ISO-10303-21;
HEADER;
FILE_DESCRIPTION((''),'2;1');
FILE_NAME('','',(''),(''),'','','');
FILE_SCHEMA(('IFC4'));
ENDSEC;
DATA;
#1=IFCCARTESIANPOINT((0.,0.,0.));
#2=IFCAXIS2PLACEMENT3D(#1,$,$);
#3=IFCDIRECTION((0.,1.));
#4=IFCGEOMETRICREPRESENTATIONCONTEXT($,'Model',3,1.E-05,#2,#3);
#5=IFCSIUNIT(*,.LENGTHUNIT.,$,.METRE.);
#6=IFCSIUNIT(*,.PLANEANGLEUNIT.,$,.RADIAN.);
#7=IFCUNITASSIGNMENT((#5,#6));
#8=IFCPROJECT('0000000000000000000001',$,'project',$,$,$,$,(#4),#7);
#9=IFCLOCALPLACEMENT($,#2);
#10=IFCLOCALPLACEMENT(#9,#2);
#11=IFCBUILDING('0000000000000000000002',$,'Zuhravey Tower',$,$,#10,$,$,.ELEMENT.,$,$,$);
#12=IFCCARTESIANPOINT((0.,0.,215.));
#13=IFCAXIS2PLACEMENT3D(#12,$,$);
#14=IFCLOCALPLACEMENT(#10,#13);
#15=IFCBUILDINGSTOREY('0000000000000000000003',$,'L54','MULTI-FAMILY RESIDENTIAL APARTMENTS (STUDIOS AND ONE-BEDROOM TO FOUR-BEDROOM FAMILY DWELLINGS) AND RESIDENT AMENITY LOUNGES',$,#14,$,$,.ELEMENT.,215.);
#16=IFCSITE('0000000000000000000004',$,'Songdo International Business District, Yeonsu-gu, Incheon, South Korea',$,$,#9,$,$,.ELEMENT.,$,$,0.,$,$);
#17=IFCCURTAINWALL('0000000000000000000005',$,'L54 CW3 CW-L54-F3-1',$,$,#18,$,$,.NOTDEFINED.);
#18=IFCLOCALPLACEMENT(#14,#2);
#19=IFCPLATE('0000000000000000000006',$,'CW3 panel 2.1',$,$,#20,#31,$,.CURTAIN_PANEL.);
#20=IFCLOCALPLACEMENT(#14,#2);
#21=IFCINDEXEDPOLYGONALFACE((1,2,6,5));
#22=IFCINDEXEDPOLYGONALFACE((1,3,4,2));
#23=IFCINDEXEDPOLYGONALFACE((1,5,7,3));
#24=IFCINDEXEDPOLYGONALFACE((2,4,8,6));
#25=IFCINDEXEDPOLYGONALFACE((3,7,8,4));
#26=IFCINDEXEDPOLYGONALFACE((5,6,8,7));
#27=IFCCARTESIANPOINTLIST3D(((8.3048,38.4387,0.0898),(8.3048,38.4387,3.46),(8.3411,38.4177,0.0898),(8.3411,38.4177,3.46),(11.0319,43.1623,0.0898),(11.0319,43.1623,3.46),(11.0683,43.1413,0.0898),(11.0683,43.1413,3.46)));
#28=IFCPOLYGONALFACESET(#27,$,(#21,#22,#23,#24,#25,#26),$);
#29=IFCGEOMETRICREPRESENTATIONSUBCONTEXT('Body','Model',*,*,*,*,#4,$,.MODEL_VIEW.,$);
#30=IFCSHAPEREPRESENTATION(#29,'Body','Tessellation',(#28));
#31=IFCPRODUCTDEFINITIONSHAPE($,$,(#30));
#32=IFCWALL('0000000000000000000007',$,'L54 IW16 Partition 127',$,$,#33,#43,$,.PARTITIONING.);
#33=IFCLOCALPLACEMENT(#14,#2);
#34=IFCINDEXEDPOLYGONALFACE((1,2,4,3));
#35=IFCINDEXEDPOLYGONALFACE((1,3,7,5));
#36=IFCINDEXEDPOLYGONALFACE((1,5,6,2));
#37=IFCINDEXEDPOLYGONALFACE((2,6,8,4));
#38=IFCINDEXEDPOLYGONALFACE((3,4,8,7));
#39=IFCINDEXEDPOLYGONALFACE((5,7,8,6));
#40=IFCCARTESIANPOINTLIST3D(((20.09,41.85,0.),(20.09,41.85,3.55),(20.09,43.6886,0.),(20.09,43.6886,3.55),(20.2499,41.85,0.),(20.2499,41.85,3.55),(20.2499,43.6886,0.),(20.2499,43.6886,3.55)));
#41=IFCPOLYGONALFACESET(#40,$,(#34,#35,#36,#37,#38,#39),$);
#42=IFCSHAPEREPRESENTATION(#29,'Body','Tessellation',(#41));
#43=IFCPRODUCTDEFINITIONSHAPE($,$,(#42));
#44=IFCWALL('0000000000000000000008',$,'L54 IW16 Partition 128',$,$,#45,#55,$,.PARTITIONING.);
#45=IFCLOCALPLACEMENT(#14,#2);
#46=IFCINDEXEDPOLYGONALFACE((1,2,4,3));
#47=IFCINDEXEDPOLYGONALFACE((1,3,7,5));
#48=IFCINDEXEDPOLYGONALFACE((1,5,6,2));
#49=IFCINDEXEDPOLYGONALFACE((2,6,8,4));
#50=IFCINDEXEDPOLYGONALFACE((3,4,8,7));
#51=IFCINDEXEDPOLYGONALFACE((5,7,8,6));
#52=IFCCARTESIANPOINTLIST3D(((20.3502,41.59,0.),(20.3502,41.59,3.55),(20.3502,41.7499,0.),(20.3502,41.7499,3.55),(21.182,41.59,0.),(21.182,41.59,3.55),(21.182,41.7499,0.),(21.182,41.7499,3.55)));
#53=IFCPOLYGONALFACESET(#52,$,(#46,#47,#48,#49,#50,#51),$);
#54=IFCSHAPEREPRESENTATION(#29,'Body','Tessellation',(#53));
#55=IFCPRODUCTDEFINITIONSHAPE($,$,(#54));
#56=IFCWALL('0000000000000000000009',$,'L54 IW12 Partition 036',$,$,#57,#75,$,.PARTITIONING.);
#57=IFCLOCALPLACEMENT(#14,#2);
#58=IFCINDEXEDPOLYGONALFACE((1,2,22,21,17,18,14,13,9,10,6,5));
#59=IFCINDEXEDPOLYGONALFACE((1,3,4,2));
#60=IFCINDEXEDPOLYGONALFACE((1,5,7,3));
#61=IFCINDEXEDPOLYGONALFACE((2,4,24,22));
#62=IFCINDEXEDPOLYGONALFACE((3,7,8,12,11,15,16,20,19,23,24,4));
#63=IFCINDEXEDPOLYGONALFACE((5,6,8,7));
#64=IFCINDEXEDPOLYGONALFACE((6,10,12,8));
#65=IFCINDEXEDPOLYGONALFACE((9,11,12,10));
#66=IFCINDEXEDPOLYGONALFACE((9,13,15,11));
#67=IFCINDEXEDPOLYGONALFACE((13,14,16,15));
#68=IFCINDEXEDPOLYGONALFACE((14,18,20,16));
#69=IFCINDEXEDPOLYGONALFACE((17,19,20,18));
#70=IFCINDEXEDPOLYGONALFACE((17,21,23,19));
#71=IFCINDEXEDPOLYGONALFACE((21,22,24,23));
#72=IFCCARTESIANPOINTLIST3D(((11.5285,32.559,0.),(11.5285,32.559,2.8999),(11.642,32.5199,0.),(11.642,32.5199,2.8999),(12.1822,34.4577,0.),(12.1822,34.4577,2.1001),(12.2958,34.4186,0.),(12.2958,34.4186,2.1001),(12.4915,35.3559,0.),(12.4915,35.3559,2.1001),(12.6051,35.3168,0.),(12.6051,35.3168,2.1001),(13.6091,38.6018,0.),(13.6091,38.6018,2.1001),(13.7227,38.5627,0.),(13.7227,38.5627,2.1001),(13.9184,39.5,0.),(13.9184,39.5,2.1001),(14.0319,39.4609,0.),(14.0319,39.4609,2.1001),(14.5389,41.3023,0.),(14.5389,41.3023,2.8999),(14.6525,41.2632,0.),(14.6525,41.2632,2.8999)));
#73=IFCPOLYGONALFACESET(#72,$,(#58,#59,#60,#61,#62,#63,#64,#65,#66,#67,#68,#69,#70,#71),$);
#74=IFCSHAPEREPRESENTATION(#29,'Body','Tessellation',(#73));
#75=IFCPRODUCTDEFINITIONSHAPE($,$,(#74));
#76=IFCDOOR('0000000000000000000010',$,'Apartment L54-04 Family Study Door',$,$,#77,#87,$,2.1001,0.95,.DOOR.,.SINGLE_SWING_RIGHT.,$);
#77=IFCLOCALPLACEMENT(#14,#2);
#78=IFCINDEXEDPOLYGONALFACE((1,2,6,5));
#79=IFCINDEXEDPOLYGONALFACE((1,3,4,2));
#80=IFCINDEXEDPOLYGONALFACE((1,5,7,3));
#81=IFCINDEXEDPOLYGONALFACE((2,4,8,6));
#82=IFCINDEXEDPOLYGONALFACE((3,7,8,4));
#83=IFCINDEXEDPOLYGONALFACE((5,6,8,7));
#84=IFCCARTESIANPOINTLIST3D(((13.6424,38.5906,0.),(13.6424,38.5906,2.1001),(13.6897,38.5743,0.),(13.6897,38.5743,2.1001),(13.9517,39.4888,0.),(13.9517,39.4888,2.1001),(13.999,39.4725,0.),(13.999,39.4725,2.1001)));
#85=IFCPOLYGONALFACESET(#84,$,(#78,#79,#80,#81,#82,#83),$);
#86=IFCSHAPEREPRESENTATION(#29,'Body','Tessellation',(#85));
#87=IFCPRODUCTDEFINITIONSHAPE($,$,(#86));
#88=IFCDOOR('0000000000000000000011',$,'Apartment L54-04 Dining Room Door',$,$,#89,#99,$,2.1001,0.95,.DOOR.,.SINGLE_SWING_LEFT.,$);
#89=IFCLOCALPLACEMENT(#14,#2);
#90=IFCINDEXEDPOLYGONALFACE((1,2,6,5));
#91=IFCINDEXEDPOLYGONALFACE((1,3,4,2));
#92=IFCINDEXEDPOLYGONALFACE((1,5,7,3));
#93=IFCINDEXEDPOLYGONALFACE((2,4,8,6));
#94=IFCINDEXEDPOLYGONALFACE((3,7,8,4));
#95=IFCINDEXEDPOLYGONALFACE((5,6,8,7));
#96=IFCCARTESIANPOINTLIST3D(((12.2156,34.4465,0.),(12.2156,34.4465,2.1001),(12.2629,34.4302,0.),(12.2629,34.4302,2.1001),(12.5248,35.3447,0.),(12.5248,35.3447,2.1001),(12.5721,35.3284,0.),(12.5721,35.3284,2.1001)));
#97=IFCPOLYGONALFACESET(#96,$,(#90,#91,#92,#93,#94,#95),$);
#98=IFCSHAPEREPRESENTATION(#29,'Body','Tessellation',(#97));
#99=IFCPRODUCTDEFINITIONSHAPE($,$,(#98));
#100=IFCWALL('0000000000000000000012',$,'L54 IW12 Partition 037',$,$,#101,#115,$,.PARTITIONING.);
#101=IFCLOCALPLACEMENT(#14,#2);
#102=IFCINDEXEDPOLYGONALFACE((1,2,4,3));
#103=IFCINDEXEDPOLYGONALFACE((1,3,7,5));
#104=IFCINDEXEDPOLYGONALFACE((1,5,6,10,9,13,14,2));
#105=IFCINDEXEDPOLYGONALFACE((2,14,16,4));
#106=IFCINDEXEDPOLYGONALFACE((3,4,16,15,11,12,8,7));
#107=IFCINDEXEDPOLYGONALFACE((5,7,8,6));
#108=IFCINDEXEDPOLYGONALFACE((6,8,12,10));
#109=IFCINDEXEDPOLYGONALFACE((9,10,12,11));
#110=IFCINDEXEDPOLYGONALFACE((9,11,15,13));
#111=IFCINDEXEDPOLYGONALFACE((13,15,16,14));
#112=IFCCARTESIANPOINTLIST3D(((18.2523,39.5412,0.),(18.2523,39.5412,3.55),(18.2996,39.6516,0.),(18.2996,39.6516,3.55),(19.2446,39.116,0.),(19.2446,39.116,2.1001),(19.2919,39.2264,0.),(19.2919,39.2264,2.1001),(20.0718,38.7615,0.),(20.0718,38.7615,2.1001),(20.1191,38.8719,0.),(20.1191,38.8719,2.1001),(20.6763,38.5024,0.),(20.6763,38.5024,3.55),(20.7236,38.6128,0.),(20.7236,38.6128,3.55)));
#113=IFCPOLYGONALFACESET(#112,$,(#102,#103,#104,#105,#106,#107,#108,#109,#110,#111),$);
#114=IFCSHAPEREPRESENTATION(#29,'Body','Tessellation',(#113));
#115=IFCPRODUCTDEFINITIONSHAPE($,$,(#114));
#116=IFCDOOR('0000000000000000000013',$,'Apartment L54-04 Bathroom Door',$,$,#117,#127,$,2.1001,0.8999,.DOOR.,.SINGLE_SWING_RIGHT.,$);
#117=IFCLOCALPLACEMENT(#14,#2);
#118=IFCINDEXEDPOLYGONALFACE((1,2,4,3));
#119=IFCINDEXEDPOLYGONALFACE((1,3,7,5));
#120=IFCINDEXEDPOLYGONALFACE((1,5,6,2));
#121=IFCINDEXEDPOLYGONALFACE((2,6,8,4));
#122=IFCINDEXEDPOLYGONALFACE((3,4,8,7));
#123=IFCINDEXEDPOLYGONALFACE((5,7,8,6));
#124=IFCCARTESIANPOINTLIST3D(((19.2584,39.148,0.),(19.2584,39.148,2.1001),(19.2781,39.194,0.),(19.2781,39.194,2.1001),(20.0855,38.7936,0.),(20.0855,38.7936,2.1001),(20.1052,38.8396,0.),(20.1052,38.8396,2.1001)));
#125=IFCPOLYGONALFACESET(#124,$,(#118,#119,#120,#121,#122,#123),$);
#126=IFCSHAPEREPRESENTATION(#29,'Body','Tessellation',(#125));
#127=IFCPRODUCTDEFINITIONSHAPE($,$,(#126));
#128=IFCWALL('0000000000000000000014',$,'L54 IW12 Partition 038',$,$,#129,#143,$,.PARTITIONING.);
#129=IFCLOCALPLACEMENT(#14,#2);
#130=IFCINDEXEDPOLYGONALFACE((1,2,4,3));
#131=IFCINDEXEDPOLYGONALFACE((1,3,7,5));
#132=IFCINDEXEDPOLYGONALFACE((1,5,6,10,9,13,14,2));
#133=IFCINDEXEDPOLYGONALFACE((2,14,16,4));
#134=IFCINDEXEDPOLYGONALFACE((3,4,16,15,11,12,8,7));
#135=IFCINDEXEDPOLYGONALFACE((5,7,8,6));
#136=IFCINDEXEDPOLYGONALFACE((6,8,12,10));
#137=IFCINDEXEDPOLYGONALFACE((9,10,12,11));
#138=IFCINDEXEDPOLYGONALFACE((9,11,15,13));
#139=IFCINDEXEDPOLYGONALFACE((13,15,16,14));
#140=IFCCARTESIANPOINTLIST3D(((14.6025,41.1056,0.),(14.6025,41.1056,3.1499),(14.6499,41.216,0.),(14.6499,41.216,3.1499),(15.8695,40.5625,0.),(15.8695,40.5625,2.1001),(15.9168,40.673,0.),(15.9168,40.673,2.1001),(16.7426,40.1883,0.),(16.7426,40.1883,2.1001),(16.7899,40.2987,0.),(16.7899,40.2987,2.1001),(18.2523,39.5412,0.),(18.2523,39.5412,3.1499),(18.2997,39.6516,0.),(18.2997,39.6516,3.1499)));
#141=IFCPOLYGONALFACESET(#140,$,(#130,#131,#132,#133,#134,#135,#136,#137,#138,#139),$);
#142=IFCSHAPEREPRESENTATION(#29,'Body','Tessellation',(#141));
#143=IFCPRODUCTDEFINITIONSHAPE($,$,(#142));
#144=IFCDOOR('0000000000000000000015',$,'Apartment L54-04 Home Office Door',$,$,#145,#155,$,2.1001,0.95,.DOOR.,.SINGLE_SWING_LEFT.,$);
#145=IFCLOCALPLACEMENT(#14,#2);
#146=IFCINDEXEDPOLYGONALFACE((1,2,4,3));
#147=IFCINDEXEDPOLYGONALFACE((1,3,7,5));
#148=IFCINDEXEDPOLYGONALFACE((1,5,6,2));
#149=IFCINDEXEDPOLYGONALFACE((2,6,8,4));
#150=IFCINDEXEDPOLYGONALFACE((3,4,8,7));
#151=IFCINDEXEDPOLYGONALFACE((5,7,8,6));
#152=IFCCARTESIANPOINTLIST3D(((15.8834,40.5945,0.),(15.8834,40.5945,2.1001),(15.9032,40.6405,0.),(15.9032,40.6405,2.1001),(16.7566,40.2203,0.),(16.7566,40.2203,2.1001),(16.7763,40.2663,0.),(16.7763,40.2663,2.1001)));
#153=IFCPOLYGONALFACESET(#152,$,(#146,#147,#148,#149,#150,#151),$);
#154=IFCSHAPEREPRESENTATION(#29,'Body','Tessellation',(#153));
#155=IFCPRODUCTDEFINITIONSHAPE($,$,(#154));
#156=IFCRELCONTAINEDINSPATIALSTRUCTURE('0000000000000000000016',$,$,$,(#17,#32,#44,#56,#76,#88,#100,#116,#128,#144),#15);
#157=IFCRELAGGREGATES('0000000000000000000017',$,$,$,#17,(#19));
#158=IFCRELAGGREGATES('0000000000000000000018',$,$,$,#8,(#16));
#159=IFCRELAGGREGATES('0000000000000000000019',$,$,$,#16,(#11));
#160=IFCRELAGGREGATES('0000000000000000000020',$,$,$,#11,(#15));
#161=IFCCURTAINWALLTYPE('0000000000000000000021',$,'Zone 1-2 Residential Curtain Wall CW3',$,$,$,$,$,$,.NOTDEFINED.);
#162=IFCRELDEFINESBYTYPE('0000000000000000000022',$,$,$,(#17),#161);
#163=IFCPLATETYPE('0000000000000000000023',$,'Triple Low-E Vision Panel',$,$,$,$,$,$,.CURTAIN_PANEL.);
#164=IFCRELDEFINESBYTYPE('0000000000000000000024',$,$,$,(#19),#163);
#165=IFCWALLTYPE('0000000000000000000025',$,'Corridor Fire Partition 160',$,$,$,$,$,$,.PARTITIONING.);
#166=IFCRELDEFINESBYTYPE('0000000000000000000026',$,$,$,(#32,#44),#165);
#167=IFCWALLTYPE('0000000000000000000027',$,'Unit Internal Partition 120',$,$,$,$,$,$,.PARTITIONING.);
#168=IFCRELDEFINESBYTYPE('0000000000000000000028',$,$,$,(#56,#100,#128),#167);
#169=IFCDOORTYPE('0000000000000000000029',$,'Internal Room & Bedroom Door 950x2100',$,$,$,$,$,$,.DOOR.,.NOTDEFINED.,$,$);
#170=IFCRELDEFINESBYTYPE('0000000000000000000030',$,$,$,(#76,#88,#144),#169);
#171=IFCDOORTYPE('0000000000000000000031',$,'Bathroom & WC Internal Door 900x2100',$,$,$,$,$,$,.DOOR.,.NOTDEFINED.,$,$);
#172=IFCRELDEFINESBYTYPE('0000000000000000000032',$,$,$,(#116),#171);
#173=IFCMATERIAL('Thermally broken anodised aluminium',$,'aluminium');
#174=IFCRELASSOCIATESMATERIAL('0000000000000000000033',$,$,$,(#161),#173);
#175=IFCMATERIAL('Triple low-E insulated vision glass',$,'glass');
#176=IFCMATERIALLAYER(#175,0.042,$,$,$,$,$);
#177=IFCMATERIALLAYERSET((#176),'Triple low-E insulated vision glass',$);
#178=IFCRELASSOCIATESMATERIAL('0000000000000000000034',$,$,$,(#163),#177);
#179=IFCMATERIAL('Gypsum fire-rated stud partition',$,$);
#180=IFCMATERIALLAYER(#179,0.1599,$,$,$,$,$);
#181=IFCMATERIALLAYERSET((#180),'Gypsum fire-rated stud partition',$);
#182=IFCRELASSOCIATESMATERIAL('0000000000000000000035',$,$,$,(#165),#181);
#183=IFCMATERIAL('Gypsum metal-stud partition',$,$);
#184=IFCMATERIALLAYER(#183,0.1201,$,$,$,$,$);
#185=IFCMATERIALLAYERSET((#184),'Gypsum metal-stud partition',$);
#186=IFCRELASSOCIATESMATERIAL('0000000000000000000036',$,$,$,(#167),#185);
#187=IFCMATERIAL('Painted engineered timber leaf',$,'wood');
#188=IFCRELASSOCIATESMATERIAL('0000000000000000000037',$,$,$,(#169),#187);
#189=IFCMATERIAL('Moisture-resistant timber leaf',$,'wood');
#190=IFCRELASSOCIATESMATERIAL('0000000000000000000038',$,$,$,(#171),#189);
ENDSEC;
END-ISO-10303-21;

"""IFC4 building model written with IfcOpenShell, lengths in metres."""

from ifc_helpers import new_model, si_unit, direction, frame, frame_2d, origin, origin_2d, place, context, subcontext, project, spatial, rectangle, extrude, material, layer, layer_set, type_object, element, fill, aggregate, save


model = new_model("IFC4")

# Units and contexts
model_context = context("Model", 3, precision=1e-05, world=origin(), true_north=direction((0.0, 1.0)))
body_context = subcontext(model_context, "Body", "Model", "MODEL_VIEW")
ifc_project = project(units=[si_unit("LENGTHUNIT", "METRE"), si_unit("PLANEANGLEUNIT", "RADIAN")], contexts=[model_context])

# Site, building, storey
site_placement = place(None, origin())
site = spatial("IfcSite", under=ifc_project, at=site_placement, Name="Songdo International Business District, Yeonsu-gu, Incheon, South Korea", CompositionType="ELEMENT", RefElevation=0.0)
building_placement = place(site_placement, origin())
building = spatial("IfcBuilding", under=site, at=building_placement, Name="Zuhravey Tower", CompositionType="ELEMENT")
storey_placement = place(building_placement, frame((0.0, 0.0, 215.0)))
storey = spatial("IfcBuildingStorey", under=building, at=storey_placement, Name="L54", Description="MULTI-FAMILY RESIDENTIAL APARTMENTS (STUDIOS AND ONE-BEDROOM TO FOUR-BEDROOM FAMILY DWELLINGS) AND RESIDENT AMENITY LOUNGES", CompositionType="ELEMENT", Elevation=215.0)

# Curtain wall
ifc_material_1 = material(Name="Thermally broken anodised aluminium", Category="aluminium")
curtain_wall_type = type_object("IfcCurtainWallType", Name="Zone 1-2 Residential Curtain Wall CW3", PredefinedType="NOTDEFINED", material=ifc_material_1)
curtain_wall_placement = place(storey_placement, origin())
curtain_wall = element("IfcCurtainWall", 1, at=curtain_wall_placement, inside=storey, type_object=curtain_wall_type, Name="L54 CW3 CW-L54-F3-1", PredefinedType="NOTDEFINED")

# Plate
ifc_material_2 = material(Name="Triple low-E insulated vision glass", Category="glass")
ifc_layer_1 = layer(ifc_material_2, 0.042)
ifc_layer_set_1 = layer_set([ifc_layer_1], Name="Triple low-E insulated vision glass")
plate_type_1 = type_object("IfcPlateType", Name="Triple Low-E Vision Panel", PredefinedType="CURTAIN_PANEL", material=ifc_layer_set_1)
plate_1_placement = place(storey_placement, frame((9.6865, 40.79, 0.0898), z_axis=(0.0, 0.0, 1.0), x_axis=(0.5, 0.866025, 0.0)))
plate_1 = element("IfcPlate", 2, at=plate_1_placement, type_object=plate_type_1, Name="CW3 panel 2.1", PredefinedType="CURTAIN_PANEL", context=body_context, shape_type="SweptSolid", body=[
    extrude(rectangle(XDim=5.4543, YDim=0.042, at=origin_2d()), origin(), (0.0, 0.0, 1.0), 3.3701),
])
aggregate(curtain_wall, [plate_1])

# Shared definitions
ifc_material_3 = material(Name="Gypsum fire-rated stud partition")
ifc_layer_2 = layer(ifc_material_3, 0.1599)
ifc_layer_set_2 = layer_set([ifc_layer_2], Name="Gypsum fire-rated stud partition")
wall_type_1 = type_object("IfcWallType", Name="Corridor Fire Partition 160", PredefinedType="PARTITIONING", material=ifc_layer_set_2)

# Walls
wall_1_placement = place(storey_placement, frame((20.1699, 43.6887, 0.0), z_axis=(0.0, 0.0, 1.0), x_axis=(0.0, -1.0, 0.0)))
element("IfcWall", 3, at=wall_1_placement, inside=storey, type_object=wall_type_1, Name="L54 IW16 Partition 127", PredefinedType="PARTITIONING", context=body_context, shape_type="SweptSolid", body=[
    extrude(rectangle(XDim=1.8386, YDim=0.1599, at=frame_2d((0.9194, 0.0))), origin(), (0.0, 0.0, 1.0), 3.55),
])
wall_2_placement = place(storey_placement, frame((20.3501, 41.6699, 0.0), z_axis=(0.0, 0.0, 1.0), x_axis=(1.0, 0.0, 0.0)))
element("IfcWall", 4, at=wall_2_placement, inside=storey, type_object=wall_type_1, Name="L54 IW16 Partition 128", PredefinedType="PARTITIONING", context=body_context, shape_type="SweptSolid", body=[
    extrude(rectangle(XDim=0.8318, YDim=0.1599, at=frame_2d((0.416, 0.0))), origin(), (0.0, 0.0, 1.0), 3.55),
])

# Wall, openings, doors
ifc_material_4 = material(Name="Gypsum metal-stud partition")
ifc_layer_3 = layer(ifc_material_4, 0.1201)
ifc_layer_set_3 = layer_set([ifc_layer_3], Name="Gypsum metal-stud partition")
wall_type_2 = type_object("IfcWallType", Name="Unit Internal Partition 120", PredefinedType="PARTITIONING", material=ifc_layer_set_3)
wall_3_placement = place(storey_placement, frame((14.5957, 41.2827, 0.0), z_axis=(0.0, 0.0, 1.0), x_axis=(-0.325559, -0.945522, 0.0)))
wall_3 = element("IfcWall", 5, at=wall_3_placement, inside=storey, type_object=wall_type_2, Name="L54 IW12 Partition 036", PredefinedType="PARTITIONING", context=body_context, shape_type="SweptSolid", body=[
    extrude(rectangle(XDim=9.2471, YDim=0.1201, at=frame_2d((4.6235, 0.0))), origin(), (0.0, 0.0, 1.0), 2.8999),
])
opening_1_placement = place(wall_3_placement, frame((1.906, 0.0, 0.0)))
opening_1 = element("IfcOpeningElement", 6, at=opening_1_placement, cuts=wall_3, PredefinedType="OPENING", context=body_context, shape_type="SweptSolid", body=[
    extrude(rectangle(XDim=0.95, YDim=2.1001, at=frame_2d((0.4751, 1.05))), frame((0.0, 0.072, 0.0), z_axis=(0.0, -1.0, 0.0), x_axis=(1.0, 0.0, 0.0)), (0.0, 0.0, 1.0), 0.144),
])
opening_2_placement = place(wall_3_placement, frame((6.2888, 0.0, 0.0)))
opening_2 = element("IfcOpeningElement", 7, at=opening_2_placement, cuts=wall_3, PredefinedType="OPENING", context=body_context, shape_type="SweptSolid", body=[
    extrude(rectangle(XDim=0.95, YDim=2.1001, at=frame_2d((0.4751, 1.05))), frame((0.0, 0.072, 0.0), z_axis=(0.0, -1.0, 0.0), x_axis=(1.0, 0.0, 0.0)), (0.0, 0.0, 1.0), 0.144),
])
ifc_material_5 = material(Name="Painted engineered timber leaf", Category="wood")
door_type_1 = type_object("IfcDoorType", Name="Internal Room & Bedroom Door 950x2100", OperationType="NOTDEFINED", PredefinedType="DOOR", material=ifc_material_5)
door_1_placement = place(opening_1_placement, frame((0.95, 0.0, 0.0), z_axis=(0.0, 0.0, 1.0), x_axis=(-1.0, 0.0, 0.0)))
door_1 = element("IfcDoor", 8, at=door_1_placement, inside=storey, type_object=door_type_1, Name="Apartment L54-04 Family Study Door", OperationType="SINGLE_SWING_RIGHT", OverallHeight=2.1001, OverallWidth=0.95, PredefinedType="DOOR", context=body_context, shape_type="SweptSolid", body=[
    extrude(rectangle(XDim=0.95, YDim=2.1001, at=frame_2d((0.4751, 1.05))), frame((0.0, 0.0249, 0.0), z_axis=(0.0, -1.0, 0.0), x_axis=(1.0, 0.0, 0.0)), (0.0, 0.0, 1.0), 0.05),
])
fill(opening_1, door_1)
door_2_placement = place(opening_2_placement, frame((0.95, 0.0, 0.0), z_axis=(0.0, 0.0, 1.0), x_axis=(-1.0, 0.0, 0.0)))
door_2 = element("IfcDoor", 9, at=door_2_placement, inside=storey, type_object=door_type_1, Name="Apartment L54-04 Dining Room Door", OperationType="SINGLE_SWING_LEFT", OverallHeight=2.1001, OverallWidth=0.95, PredefinedType="DOOR", context=body_context, shape_type="SweptSolid", body=[
    extrude(rectangle(XDim=0.95, YDim=2.1001, at=frame_2d((0.4751, 1.05))), frame((0.0, 0.0249, 0.0), z_axis=(0.0, -1.0, 0.0), x_axis=(1.0, 0.0, 0.0)), (0.0, 0.0, 1.0), 0.05),
])
fill(opening_2, door_2)

# Walls, openings, doors
wall_4_placement = place(storey_placement, frame((20.7, 38.5576, 0.0), z_axis=(0.0, 0.0, 1.0), x_axis=(-0.919155, 0.393897, 0.0)))
wall_4 = element("IfcWall", 10, at=wall_4_placement, inside=storey, type_object=wall_type_2, Name="L54 IW12 Partition 037", PredefinedType="PARTITIONING", context=body_context, shape_type="SweptSolid", body=[
    extrude(rectangle(XDim=2.6372, YDim=0.1201, at=frame_2d((1.3186, 0.0))), origin(), (0.0, 0.0, 1.0), 3.55),
])
opening_3_placement = place(wall_4_placement, frame((0.6577, 0.0, 0.0)))
opening_3 = element("IfcOpeningElement", 11, at=opening_3_placement, cuts=wall_4, PredefinedType="OPENING", context=body_context, shape_type="SweptSolid", body=[
    extrude(rectangle(XDim=0.8999, YDim=2.1001, at=frame_2d((0.45, 1.05))), frame((0.0, 0.072, 0.0), z_axis=(0.0, -1.0, 0.0), x_axis=(1.0, 0.0, 0.0)), (0.0, 0.0, 1.0), 0.144),
])
ifc_material_6 = material(Name="Moisture-resistant timber leaf", Category="wood")
door_type_2 = type_object("IfcDoorType", Name="Bathroom & WC Internal Door 900x2100", OperationType="NOTDEFINED", PredefinedType="DOOR", material=ifc_material_6)
door_3_placement = place(opening_3_placement, frame((0.8999, 0.0, 0.0), z_axis=(0.0, 0.0, 1.0), x_axis=(-1.0, 0.0, 0.0)))
door_3 = element("IfcDoor", 12, at=door_3_placement, inside=storey, type_object=door_type_2, Name="Apartment L54-04 Bathroom Door", OperationType="SINGLE_SWING_RIGHT", OverallHeight=2.1001, OverallWidth=0.8999, PredefinedType="DOOR", context=body_context, shape_type="SweptSolid", body=[
    extrude(rectangle(XDim=0.8999, YDim=2.1001, at=frame_2d((0.45, 1.05))), frame((0.0, 0.0249, 0.0), z_axis=(0.0, -1.0, 0.0), x_axis=(1.0, 0.0, 0.0)), (0.0, 0.0, 1.0), 0.05),
])
fill(opening_3, door_3)
wall_5_placement = place(storey_placement, frame((18.2759, 39.5964, 0.0), z_axis=(0.0, 0.0, 1.0), x_axis=(-0.919126, 0.393964, 0.0)))
wall_5 = element("IfcWall", 13, at=wall_5_placement, inside=storey, type_object=wall_type_2, Name="L54 IW12 Partition 038", PredefinedType="PARTITIONING", context=body_context, shape_type="SweptSolid", body=[
    extrude(rectangle(XDim=3.9709, YDim=0.1201, at=frame_2d((1.9854, 0.0))), origin(), (0.0, 0.0, 1.0), 3.1499),
])
opening_4_placement = place(wall_5_placement, frame((1.6423, 0.0, 0.0)))
opening_4 = element("IfcOpeningElement", 14, at=opening_4_placement, cuts=wall_5, PredefinedType="OPENING", context=body_context, shape_type="SweptSolid", body=[
    extrude(rectangle(XDim=0.95, YDim=2.1001, at=frame_2d((0.4751, 1.05))), frame((0.0, 0.072, 0.0), z_axis=(0.0, -1.0, 0.0), x_axis=(1.0, 0.0, 0.0)), (0.0, 0.0, 1.0), 0.144),
])
door_4_placement = place(opening_4_placement, frame((0.95, 0.0, 0.0), z_axis=(0.0, 0.0, 1.0), x_axis=(-1.0, 0.0, 0.0)))
door_4 = element("IfcDoor", 15, at=door_4_placement, inside=storey, type_object=door_type_1, Name="Apartment L54-04 Home Office Door", OperationType="SINGLE_SWING_LEFT", OverallHeight=2.1001, OverallWidth=0.95, PredefinedType="DOOR", context=body_context, shape_type="SweptSolid", body=[
    extrude(rectangle(XDim=0.95, YDim=2.1001, at=frame_2d((0.4751, 1.05))), frame((0.0, 0.0249, 0.0), z_axis=(0.0, -1.0, 0.0), x_axis=(1.0, 0.0, 0.0)), (0.0, 0.0, 1.0), 0.05),
])
fill(opening_4, door_4)

save(model, "model.ifc")
